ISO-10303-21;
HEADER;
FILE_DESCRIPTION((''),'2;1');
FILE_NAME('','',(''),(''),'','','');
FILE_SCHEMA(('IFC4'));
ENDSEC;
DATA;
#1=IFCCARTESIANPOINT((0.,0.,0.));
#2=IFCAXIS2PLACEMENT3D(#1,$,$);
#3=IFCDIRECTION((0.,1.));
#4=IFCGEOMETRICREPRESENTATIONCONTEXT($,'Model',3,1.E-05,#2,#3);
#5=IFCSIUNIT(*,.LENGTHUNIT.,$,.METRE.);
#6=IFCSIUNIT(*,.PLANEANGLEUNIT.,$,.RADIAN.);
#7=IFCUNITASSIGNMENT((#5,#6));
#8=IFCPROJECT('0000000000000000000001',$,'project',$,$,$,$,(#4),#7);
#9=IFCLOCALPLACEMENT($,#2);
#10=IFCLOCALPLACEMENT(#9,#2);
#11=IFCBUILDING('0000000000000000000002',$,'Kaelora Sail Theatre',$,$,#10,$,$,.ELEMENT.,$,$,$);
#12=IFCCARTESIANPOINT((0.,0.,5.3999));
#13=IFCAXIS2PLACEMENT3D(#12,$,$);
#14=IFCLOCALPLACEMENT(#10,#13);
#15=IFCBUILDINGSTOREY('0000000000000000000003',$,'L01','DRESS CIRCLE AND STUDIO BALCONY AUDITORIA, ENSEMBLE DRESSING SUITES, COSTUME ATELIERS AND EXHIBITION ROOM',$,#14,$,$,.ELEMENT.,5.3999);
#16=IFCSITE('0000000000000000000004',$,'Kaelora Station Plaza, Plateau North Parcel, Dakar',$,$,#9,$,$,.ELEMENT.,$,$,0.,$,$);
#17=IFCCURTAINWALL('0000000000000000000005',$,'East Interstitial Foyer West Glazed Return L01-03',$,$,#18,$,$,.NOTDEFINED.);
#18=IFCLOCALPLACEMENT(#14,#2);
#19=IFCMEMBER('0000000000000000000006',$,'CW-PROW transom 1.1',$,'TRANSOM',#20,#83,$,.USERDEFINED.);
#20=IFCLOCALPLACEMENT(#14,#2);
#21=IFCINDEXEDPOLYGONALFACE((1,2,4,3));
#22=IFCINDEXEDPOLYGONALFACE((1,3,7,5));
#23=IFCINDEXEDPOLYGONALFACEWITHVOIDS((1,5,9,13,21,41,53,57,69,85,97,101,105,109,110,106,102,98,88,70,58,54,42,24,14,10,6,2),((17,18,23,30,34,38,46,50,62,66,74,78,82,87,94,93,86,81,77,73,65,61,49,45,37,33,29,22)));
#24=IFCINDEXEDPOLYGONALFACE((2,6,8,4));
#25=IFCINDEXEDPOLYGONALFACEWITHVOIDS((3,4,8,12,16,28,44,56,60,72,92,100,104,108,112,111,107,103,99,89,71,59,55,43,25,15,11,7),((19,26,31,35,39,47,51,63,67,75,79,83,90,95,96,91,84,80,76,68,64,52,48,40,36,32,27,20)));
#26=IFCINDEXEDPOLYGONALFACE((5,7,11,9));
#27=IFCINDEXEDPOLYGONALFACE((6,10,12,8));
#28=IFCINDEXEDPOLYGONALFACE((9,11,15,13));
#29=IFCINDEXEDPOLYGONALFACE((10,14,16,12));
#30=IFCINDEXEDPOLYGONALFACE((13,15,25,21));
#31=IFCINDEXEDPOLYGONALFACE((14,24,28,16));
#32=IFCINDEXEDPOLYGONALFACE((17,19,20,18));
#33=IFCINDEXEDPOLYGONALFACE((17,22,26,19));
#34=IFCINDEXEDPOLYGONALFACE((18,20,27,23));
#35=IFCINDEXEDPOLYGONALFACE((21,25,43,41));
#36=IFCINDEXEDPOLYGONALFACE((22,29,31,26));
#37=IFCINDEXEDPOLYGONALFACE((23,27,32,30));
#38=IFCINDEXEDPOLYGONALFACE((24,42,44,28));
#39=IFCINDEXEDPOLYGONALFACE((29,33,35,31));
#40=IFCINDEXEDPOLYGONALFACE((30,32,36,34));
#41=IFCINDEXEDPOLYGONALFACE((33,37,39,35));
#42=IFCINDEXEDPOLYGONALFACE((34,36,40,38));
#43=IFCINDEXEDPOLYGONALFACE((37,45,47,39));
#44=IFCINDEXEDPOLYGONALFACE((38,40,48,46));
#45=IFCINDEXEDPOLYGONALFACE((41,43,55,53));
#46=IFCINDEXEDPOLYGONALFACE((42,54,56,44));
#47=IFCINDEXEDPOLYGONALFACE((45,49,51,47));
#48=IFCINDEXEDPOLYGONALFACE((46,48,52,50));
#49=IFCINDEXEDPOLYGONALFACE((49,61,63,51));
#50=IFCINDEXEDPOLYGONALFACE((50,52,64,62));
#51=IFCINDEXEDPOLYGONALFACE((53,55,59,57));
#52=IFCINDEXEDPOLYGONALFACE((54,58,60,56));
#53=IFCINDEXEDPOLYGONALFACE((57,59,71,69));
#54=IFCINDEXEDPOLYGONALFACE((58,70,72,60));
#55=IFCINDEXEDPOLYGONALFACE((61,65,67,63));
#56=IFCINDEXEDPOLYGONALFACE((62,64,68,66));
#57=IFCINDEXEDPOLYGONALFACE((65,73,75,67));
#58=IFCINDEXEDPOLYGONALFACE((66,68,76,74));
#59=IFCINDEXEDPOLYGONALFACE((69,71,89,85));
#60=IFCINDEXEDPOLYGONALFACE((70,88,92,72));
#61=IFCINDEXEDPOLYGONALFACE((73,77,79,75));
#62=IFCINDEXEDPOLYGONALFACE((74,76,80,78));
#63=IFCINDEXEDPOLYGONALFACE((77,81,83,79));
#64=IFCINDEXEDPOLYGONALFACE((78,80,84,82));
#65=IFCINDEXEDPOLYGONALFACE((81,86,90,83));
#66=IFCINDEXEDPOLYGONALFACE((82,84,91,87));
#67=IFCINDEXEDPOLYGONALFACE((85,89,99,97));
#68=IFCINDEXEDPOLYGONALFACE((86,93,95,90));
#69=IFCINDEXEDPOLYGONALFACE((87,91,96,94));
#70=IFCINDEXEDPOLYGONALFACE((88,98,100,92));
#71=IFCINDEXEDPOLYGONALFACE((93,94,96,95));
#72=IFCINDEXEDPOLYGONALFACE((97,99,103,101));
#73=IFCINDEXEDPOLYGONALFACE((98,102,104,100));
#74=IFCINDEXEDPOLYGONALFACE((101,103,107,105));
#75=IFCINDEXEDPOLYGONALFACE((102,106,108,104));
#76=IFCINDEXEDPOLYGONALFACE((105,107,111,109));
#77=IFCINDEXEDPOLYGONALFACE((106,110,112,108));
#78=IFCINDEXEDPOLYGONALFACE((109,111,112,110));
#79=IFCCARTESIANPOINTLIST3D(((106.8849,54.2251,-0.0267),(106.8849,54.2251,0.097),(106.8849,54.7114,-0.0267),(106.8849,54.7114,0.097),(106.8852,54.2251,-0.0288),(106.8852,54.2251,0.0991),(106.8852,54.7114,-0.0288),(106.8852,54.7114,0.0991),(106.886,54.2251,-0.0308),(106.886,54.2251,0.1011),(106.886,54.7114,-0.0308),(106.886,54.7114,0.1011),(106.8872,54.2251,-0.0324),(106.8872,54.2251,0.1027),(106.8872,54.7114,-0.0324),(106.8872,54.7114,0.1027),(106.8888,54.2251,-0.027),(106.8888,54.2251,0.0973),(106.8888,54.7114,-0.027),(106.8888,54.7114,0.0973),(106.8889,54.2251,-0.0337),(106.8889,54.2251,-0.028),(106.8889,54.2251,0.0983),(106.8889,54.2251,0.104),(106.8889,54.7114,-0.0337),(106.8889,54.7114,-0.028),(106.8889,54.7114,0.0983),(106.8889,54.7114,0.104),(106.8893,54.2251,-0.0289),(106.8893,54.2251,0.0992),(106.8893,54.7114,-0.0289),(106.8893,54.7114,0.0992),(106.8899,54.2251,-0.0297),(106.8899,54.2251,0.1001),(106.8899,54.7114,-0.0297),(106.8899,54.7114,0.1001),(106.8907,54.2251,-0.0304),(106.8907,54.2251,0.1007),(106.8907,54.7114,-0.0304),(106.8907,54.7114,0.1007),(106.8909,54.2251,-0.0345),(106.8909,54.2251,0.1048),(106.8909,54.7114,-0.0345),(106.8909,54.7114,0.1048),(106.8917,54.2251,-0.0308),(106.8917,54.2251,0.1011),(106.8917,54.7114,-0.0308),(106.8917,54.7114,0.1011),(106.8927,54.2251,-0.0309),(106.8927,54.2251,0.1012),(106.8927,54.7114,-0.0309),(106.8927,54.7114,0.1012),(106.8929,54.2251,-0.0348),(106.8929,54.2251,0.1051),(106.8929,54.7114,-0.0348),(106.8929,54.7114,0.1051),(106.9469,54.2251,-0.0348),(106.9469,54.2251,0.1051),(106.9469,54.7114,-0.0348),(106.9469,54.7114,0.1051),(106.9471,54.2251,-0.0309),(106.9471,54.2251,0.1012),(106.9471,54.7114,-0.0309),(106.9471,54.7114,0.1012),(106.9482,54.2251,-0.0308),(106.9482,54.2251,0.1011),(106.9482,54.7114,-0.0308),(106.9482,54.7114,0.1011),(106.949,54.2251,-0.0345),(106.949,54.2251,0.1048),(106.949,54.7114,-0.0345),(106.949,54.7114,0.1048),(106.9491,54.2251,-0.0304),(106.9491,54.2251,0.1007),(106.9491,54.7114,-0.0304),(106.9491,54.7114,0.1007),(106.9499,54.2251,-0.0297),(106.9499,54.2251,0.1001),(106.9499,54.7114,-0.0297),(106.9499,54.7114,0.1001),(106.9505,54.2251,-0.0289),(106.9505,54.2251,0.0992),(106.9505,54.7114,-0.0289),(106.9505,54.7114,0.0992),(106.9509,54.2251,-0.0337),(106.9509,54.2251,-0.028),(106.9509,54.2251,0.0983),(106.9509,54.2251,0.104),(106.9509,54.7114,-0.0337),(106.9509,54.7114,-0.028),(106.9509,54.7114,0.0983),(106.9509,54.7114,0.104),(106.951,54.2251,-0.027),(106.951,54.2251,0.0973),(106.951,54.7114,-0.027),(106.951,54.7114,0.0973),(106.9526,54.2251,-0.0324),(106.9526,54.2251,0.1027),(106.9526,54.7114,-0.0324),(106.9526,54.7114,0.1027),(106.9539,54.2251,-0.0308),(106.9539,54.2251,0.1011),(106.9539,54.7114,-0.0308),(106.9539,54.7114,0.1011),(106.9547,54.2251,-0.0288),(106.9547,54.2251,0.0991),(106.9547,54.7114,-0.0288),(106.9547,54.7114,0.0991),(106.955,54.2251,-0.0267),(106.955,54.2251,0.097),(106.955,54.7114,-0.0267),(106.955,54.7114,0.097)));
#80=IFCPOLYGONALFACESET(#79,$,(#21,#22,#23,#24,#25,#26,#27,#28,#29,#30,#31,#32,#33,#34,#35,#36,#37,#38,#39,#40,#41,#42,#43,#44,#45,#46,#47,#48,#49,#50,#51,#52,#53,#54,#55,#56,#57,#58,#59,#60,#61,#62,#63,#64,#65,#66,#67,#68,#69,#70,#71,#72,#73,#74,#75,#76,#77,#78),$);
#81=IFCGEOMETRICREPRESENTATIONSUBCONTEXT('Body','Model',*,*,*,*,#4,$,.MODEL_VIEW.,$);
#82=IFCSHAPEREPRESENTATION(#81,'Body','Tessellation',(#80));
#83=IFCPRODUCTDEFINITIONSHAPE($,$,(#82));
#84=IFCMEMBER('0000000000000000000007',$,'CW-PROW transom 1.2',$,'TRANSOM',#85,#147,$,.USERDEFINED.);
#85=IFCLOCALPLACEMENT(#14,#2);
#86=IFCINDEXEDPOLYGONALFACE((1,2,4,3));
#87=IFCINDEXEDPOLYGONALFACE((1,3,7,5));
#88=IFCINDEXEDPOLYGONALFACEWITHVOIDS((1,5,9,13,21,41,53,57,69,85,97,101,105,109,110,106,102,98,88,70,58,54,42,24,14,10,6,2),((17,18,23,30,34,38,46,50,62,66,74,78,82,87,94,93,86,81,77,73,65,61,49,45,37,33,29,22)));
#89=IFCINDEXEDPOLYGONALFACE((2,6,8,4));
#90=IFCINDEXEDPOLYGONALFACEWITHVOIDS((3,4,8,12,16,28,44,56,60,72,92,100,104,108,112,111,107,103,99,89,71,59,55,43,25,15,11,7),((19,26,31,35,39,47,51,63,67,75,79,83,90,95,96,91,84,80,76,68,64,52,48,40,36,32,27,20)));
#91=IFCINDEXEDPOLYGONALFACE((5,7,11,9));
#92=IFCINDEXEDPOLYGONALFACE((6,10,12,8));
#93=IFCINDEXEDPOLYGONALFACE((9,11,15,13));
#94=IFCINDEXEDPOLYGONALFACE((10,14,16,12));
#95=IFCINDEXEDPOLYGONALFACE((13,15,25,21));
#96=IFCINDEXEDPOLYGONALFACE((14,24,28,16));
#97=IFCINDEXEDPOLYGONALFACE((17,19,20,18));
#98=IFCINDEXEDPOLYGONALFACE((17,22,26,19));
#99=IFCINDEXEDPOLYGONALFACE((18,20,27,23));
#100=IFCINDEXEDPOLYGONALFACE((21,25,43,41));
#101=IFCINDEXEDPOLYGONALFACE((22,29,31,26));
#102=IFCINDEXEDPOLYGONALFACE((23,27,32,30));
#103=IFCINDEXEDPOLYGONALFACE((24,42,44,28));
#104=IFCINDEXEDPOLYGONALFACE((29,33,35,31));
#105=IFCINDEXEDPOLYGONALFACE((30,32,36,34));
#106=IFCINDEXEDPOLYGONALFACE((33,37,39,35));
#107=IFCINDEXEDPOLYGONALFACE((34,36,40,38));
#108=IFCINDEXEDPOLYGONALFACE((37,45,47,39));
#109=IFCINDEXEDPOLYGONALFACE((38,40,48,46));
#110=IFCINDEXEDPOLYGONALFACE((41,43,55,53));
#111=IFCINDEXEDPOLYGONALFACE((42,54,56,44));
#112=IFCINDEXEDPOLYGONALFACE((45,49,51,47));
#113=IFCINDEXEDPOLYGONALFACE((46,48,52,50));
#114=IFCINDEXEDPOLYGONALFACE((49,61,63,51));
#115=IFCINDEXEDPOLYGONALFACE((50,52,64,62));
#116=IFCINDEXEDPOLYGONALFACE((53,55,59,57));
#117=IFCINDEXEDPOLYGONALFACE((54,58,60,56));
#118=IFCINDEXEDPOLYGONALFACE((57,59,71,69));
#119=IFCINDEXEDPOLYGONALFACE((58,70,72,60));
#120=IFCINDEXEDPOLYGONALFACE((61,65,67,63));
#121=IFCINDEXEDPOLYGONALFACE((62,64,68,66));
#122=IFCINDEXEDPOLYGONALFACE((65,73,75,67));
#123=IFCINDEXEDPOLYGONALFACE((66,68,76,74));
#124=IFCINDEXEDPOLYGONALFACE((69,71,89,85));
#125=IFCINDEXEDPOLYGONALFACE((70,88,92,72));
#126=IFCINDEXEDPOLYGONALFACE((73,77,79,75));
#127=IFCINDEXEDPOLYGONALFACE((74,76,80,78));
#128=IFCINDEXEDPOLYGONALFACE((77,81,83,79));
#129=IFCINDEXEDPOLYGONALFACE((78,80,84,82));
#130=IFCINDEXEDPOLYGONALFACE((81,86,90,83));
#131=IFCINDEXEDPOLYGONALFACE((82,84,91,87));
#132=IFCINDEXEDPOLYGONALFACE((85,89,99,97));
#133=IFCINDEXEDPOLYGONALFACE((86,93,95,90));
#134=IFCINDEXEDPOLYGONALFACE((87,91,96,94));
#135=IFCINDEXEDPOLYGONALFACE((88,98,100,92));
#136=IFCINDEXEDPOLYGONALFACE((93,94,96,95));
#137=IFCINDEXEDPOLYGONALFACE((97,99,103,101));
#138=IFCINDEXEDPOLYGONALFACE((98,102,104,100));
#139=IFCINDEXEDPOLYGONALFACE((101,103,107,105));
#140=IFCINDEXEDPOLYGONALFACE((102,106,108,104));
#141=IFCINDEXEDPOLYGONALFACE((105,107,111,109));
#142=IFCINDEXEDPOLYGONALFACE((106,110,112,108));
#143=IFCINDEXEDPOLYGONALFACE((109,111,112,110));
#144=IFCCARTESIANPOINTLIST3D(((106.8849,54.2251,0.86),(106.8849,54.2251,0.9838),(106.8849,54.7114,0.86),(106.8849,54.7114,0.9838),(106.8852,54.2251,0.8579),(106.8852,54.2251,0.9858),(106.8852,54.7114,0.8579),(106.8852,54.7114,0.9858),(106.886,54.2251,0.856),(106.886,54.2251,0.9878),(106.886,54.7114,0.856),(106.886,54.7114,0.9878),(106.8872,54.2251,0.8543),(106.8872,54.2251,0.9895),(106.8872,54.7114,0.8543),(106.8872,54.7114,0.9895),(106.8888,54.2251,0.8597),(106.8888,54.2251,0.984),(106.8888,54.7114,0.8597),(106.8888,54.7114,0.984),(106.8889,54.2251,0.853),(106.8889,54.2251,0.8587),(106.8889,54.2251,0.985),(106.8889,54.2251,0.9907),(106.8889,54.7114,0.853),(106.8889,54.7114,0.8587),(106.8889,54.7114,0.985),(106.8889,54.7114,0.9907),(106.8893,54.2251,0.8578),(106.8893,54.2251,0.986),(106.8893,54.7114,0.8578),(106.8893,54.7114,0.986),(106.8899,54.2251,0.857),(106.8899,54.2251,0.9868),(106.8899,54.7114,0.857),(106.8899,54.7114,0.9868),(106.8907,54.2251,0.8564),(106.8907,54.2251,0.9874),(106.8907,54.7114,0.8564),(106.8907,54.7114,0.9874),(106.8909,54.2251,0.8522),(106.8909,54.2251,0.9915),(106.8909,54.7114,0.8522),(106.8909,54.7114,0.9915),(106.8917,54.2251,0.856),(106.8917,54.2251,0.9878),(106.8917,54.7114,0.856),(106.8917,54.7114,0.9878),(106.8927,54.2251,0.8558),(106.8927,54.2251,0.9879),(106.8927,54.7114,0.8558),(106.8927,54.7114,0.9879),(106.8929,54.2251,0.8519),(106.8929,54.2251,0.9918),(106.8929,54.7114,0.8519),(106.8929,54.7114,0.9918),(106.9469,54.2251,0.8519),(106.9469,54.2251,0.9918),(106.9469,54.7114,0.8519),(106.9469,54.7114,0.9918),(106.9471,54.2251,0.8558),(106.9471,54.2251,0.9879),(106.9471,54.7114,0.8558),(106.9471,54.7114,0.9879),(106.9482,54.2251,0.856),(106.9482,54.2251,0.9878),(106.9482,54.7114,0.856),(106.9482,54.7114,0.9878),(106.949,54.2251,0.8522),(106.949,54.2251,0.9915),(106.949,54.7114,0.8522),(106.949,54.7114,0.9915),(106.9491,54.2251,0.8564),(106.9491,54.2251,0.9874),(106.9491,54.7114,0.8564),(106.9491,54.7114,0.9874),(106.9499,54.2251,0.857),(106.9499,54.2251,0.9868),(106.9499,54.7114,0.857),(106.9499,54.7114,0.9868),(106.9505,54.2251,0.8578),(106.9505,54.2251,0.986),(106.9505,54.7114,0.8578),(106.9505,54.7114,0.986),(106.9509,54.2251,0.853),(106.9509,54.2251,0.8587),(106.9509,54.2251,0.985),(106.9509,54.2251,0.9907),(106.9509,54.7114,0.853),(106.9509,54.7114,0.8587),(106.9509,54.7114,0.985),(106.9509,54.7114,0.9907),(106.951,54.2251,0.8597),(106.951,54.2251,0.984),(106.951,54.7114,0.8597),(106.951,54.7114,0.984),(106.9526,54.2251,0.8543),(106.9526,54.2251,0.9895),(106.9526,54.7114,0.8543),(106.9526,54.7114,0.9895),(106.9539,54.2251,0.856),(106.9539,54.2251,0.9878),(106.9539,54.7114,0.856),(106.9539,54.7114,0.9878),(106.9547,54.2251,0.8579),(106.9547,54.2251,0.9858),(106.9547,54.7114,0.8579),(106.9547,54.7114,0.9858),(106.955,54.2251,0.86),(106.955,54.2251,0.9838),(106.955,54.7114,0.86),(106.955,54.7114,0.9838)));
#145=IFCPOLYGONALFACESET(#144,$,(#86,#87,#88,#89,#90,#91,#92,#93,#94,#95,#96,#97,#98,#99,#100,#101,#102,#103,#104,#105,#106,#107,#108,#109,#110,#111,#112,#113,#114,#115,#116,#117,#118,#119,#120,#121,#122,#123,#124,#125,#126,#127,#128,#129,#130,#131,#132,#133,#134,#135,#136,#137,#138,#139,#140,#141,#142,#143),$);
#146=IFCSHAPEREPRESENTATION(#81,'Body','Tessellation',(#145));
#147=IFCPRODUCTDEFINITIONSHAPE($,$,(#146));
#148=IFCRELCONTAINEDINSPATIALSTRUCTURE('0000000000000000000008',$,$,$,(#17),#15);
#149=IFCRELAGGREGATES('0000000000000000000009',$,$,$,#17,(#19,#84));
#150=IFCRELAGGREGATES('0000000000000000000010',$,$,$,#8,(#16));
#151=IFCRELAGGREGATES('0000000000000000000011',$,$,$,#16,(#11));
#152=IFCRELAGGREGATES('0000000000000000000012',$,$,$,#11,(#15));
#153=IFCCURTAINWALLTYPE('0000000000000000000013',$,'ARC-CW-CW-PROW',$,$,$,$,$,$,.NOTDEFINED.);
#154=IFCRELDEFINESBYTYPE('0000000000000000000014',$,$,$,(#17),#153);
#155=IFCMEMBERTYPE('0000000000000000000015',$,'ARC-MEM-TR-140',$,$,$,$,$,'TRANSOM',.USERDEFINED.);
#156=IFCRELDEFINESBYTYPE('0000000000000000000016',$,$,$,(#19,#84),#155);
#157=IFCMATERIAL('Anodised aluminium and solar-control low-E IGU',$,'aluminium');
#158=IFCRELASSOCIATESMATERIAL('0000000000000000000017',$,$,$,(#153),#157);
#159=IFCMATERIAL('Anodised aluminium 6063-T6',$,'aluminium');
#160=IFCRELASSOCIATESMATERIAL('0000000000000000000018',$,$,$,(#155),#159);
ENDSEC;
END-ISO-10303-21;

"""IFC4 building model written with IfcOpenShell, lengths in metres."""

from ifc_helpers import new_model, si_unit, direction, frame, origin, origin_2d, place, context, subcontext, project, spatial, hollow_rectangle, extrude, material, material_profile, profile_set, type_object, element, aggregate, save


model = new_model("IFC4")

# Units and contexts
model_context = context("Model", 3, precision=1e-05, world=origin(), true_north=direction((0.0, 1.0)))
body_context = subcontext(model_context, "Body", "Model", "MODEL_VIEW")
ifc_project = project(units=[si_unit("LENGTHUNIT", "METRE"), si_unit("PLANEANGLEUNIT", "RADIAN")], contexts=[model_context])

# Site, building, storey
site_placement = place(None, origin())
site = spatial("IfcSite", under=ifc_project, at=site_placement, Name="Kaelora Station Plaza, Plateau North Parcel, Dakar", CompositionType="ELEMENT", RefElevation=0.0)
building_placement = place(site_placement, origin())
building = spatial("IfcBuilding", under=site, at=building_placement, Name="Kaelora Sail Theatre", CompositionType="ELEMENT")
storey_placement = place(building_placement, frame((0.0, 0.0, 5.3999)))
storey = spatial("IfcBuildingStorey", under=building, at=storey_placement, Name="L01", Description="DRESS CIRCLE AND STUDIO BALCONY AUDITORIA, ENSEMBLE DRESSING SUITES, COSTUME ATELIERS AND EXHIBITION ROOM", CompositionType="ELEMENT", Elevation=5.3999)

# Curtain wall, members
ifc_material_1 = material(Name="Anodised aluminium and solar-control low-E IGU", Category="aluminium")
curtain_wall_type = type_object("IfcCurtainWallType", Name="ARC-CW-CW-PROW", PredefinedType="NOTDEFINED", material=ifc_material_1)
curtain_wall_placement = place(storey_placement, origin())
curtain_wall = element("IfcCurtainWall", 1, at=curtain_wall_placement, inside=storey, type_object=curtain_wall_type, Name="East Interstitial Foyer West Glazed Return L01-03", PredefinedType="NOTDEFINED")
ifc_material_2 = material(Name="Anodised aluminium 6063-T6", Category="aluminium")
ifc_material_profile_1 = material_profile(ifc_material_2, hollow_rectangle(XDim=0.0701, YDim=0.1399, WallThickness=0.0039, InnerFilletRadius=0.0039, OuterFilletRadius=0.0081, at=origin_2d()), Name="ALU-TRAN 70x140x4")
ifc_profile_set_1 = profile_set([ifc_material_profile_1], Name="Anodised aluminium 6063-T6")
member_type_1 = type_object("IfcMemberType", Name="ARC-MEM-TR-140", ElementType="TRANSOM", PredefinedType="USERDEFINED", material=ifc_profile_set_1)
member_1_placement = place(storey_placement, frame((106.9199, 54.2251, 0.0352), z_axis=(0.0, 1.0, 0.0), x_axis=(-1.0, 0.0, 0.0)))
member_1 = element("IfcMember", 2, at=member_1_placement, type_object=member_type_1, Name="CW-PROW transom 1.1", ObjectType="TRANSOM", PredefinedType="USERDEFINED", context=body_context, shape_type="SweptSolid", body=[
    extrude(hollow_rectangle(XDim=0.0701, YDim=0.1399, WallThickness=0.0039, InnerFilletRadius=0.0039, OuterFilletRadius=0.0081, at=origin_2d()), origin(), (0.0, 0.0, 1.0), 0.4863),
])
member_2_placement = place(storey_placement, frame((106.9199, 54.2251, 0.9219), z_axis=(0.0, 1.0, 0.0), x_axis=(-1.0, 0.0, 0.0)))
member_2 = element("IfcMember", 3, at=member_2_placement, type_object=member_type_1, Name="CW-PROW transom 1.2", ObjectType="TRANSOM", PredefinedType="USERDEFINED", context=body_context, shape_type="SweptSolid", body=[
    extrude(hollow_rectangle(XDim=0.0701, YDim=0.1399, WallThickness=0.0039, InnerFilletRadius=0.0039, OuterFilletRadius=0.0081, at=origin_2d()), origin(), (0.0, 0.0, 1.0), 0.4863),
])

aggregate(curtain_wall, [member_1, member_2])

save(model, "model.ifc")
